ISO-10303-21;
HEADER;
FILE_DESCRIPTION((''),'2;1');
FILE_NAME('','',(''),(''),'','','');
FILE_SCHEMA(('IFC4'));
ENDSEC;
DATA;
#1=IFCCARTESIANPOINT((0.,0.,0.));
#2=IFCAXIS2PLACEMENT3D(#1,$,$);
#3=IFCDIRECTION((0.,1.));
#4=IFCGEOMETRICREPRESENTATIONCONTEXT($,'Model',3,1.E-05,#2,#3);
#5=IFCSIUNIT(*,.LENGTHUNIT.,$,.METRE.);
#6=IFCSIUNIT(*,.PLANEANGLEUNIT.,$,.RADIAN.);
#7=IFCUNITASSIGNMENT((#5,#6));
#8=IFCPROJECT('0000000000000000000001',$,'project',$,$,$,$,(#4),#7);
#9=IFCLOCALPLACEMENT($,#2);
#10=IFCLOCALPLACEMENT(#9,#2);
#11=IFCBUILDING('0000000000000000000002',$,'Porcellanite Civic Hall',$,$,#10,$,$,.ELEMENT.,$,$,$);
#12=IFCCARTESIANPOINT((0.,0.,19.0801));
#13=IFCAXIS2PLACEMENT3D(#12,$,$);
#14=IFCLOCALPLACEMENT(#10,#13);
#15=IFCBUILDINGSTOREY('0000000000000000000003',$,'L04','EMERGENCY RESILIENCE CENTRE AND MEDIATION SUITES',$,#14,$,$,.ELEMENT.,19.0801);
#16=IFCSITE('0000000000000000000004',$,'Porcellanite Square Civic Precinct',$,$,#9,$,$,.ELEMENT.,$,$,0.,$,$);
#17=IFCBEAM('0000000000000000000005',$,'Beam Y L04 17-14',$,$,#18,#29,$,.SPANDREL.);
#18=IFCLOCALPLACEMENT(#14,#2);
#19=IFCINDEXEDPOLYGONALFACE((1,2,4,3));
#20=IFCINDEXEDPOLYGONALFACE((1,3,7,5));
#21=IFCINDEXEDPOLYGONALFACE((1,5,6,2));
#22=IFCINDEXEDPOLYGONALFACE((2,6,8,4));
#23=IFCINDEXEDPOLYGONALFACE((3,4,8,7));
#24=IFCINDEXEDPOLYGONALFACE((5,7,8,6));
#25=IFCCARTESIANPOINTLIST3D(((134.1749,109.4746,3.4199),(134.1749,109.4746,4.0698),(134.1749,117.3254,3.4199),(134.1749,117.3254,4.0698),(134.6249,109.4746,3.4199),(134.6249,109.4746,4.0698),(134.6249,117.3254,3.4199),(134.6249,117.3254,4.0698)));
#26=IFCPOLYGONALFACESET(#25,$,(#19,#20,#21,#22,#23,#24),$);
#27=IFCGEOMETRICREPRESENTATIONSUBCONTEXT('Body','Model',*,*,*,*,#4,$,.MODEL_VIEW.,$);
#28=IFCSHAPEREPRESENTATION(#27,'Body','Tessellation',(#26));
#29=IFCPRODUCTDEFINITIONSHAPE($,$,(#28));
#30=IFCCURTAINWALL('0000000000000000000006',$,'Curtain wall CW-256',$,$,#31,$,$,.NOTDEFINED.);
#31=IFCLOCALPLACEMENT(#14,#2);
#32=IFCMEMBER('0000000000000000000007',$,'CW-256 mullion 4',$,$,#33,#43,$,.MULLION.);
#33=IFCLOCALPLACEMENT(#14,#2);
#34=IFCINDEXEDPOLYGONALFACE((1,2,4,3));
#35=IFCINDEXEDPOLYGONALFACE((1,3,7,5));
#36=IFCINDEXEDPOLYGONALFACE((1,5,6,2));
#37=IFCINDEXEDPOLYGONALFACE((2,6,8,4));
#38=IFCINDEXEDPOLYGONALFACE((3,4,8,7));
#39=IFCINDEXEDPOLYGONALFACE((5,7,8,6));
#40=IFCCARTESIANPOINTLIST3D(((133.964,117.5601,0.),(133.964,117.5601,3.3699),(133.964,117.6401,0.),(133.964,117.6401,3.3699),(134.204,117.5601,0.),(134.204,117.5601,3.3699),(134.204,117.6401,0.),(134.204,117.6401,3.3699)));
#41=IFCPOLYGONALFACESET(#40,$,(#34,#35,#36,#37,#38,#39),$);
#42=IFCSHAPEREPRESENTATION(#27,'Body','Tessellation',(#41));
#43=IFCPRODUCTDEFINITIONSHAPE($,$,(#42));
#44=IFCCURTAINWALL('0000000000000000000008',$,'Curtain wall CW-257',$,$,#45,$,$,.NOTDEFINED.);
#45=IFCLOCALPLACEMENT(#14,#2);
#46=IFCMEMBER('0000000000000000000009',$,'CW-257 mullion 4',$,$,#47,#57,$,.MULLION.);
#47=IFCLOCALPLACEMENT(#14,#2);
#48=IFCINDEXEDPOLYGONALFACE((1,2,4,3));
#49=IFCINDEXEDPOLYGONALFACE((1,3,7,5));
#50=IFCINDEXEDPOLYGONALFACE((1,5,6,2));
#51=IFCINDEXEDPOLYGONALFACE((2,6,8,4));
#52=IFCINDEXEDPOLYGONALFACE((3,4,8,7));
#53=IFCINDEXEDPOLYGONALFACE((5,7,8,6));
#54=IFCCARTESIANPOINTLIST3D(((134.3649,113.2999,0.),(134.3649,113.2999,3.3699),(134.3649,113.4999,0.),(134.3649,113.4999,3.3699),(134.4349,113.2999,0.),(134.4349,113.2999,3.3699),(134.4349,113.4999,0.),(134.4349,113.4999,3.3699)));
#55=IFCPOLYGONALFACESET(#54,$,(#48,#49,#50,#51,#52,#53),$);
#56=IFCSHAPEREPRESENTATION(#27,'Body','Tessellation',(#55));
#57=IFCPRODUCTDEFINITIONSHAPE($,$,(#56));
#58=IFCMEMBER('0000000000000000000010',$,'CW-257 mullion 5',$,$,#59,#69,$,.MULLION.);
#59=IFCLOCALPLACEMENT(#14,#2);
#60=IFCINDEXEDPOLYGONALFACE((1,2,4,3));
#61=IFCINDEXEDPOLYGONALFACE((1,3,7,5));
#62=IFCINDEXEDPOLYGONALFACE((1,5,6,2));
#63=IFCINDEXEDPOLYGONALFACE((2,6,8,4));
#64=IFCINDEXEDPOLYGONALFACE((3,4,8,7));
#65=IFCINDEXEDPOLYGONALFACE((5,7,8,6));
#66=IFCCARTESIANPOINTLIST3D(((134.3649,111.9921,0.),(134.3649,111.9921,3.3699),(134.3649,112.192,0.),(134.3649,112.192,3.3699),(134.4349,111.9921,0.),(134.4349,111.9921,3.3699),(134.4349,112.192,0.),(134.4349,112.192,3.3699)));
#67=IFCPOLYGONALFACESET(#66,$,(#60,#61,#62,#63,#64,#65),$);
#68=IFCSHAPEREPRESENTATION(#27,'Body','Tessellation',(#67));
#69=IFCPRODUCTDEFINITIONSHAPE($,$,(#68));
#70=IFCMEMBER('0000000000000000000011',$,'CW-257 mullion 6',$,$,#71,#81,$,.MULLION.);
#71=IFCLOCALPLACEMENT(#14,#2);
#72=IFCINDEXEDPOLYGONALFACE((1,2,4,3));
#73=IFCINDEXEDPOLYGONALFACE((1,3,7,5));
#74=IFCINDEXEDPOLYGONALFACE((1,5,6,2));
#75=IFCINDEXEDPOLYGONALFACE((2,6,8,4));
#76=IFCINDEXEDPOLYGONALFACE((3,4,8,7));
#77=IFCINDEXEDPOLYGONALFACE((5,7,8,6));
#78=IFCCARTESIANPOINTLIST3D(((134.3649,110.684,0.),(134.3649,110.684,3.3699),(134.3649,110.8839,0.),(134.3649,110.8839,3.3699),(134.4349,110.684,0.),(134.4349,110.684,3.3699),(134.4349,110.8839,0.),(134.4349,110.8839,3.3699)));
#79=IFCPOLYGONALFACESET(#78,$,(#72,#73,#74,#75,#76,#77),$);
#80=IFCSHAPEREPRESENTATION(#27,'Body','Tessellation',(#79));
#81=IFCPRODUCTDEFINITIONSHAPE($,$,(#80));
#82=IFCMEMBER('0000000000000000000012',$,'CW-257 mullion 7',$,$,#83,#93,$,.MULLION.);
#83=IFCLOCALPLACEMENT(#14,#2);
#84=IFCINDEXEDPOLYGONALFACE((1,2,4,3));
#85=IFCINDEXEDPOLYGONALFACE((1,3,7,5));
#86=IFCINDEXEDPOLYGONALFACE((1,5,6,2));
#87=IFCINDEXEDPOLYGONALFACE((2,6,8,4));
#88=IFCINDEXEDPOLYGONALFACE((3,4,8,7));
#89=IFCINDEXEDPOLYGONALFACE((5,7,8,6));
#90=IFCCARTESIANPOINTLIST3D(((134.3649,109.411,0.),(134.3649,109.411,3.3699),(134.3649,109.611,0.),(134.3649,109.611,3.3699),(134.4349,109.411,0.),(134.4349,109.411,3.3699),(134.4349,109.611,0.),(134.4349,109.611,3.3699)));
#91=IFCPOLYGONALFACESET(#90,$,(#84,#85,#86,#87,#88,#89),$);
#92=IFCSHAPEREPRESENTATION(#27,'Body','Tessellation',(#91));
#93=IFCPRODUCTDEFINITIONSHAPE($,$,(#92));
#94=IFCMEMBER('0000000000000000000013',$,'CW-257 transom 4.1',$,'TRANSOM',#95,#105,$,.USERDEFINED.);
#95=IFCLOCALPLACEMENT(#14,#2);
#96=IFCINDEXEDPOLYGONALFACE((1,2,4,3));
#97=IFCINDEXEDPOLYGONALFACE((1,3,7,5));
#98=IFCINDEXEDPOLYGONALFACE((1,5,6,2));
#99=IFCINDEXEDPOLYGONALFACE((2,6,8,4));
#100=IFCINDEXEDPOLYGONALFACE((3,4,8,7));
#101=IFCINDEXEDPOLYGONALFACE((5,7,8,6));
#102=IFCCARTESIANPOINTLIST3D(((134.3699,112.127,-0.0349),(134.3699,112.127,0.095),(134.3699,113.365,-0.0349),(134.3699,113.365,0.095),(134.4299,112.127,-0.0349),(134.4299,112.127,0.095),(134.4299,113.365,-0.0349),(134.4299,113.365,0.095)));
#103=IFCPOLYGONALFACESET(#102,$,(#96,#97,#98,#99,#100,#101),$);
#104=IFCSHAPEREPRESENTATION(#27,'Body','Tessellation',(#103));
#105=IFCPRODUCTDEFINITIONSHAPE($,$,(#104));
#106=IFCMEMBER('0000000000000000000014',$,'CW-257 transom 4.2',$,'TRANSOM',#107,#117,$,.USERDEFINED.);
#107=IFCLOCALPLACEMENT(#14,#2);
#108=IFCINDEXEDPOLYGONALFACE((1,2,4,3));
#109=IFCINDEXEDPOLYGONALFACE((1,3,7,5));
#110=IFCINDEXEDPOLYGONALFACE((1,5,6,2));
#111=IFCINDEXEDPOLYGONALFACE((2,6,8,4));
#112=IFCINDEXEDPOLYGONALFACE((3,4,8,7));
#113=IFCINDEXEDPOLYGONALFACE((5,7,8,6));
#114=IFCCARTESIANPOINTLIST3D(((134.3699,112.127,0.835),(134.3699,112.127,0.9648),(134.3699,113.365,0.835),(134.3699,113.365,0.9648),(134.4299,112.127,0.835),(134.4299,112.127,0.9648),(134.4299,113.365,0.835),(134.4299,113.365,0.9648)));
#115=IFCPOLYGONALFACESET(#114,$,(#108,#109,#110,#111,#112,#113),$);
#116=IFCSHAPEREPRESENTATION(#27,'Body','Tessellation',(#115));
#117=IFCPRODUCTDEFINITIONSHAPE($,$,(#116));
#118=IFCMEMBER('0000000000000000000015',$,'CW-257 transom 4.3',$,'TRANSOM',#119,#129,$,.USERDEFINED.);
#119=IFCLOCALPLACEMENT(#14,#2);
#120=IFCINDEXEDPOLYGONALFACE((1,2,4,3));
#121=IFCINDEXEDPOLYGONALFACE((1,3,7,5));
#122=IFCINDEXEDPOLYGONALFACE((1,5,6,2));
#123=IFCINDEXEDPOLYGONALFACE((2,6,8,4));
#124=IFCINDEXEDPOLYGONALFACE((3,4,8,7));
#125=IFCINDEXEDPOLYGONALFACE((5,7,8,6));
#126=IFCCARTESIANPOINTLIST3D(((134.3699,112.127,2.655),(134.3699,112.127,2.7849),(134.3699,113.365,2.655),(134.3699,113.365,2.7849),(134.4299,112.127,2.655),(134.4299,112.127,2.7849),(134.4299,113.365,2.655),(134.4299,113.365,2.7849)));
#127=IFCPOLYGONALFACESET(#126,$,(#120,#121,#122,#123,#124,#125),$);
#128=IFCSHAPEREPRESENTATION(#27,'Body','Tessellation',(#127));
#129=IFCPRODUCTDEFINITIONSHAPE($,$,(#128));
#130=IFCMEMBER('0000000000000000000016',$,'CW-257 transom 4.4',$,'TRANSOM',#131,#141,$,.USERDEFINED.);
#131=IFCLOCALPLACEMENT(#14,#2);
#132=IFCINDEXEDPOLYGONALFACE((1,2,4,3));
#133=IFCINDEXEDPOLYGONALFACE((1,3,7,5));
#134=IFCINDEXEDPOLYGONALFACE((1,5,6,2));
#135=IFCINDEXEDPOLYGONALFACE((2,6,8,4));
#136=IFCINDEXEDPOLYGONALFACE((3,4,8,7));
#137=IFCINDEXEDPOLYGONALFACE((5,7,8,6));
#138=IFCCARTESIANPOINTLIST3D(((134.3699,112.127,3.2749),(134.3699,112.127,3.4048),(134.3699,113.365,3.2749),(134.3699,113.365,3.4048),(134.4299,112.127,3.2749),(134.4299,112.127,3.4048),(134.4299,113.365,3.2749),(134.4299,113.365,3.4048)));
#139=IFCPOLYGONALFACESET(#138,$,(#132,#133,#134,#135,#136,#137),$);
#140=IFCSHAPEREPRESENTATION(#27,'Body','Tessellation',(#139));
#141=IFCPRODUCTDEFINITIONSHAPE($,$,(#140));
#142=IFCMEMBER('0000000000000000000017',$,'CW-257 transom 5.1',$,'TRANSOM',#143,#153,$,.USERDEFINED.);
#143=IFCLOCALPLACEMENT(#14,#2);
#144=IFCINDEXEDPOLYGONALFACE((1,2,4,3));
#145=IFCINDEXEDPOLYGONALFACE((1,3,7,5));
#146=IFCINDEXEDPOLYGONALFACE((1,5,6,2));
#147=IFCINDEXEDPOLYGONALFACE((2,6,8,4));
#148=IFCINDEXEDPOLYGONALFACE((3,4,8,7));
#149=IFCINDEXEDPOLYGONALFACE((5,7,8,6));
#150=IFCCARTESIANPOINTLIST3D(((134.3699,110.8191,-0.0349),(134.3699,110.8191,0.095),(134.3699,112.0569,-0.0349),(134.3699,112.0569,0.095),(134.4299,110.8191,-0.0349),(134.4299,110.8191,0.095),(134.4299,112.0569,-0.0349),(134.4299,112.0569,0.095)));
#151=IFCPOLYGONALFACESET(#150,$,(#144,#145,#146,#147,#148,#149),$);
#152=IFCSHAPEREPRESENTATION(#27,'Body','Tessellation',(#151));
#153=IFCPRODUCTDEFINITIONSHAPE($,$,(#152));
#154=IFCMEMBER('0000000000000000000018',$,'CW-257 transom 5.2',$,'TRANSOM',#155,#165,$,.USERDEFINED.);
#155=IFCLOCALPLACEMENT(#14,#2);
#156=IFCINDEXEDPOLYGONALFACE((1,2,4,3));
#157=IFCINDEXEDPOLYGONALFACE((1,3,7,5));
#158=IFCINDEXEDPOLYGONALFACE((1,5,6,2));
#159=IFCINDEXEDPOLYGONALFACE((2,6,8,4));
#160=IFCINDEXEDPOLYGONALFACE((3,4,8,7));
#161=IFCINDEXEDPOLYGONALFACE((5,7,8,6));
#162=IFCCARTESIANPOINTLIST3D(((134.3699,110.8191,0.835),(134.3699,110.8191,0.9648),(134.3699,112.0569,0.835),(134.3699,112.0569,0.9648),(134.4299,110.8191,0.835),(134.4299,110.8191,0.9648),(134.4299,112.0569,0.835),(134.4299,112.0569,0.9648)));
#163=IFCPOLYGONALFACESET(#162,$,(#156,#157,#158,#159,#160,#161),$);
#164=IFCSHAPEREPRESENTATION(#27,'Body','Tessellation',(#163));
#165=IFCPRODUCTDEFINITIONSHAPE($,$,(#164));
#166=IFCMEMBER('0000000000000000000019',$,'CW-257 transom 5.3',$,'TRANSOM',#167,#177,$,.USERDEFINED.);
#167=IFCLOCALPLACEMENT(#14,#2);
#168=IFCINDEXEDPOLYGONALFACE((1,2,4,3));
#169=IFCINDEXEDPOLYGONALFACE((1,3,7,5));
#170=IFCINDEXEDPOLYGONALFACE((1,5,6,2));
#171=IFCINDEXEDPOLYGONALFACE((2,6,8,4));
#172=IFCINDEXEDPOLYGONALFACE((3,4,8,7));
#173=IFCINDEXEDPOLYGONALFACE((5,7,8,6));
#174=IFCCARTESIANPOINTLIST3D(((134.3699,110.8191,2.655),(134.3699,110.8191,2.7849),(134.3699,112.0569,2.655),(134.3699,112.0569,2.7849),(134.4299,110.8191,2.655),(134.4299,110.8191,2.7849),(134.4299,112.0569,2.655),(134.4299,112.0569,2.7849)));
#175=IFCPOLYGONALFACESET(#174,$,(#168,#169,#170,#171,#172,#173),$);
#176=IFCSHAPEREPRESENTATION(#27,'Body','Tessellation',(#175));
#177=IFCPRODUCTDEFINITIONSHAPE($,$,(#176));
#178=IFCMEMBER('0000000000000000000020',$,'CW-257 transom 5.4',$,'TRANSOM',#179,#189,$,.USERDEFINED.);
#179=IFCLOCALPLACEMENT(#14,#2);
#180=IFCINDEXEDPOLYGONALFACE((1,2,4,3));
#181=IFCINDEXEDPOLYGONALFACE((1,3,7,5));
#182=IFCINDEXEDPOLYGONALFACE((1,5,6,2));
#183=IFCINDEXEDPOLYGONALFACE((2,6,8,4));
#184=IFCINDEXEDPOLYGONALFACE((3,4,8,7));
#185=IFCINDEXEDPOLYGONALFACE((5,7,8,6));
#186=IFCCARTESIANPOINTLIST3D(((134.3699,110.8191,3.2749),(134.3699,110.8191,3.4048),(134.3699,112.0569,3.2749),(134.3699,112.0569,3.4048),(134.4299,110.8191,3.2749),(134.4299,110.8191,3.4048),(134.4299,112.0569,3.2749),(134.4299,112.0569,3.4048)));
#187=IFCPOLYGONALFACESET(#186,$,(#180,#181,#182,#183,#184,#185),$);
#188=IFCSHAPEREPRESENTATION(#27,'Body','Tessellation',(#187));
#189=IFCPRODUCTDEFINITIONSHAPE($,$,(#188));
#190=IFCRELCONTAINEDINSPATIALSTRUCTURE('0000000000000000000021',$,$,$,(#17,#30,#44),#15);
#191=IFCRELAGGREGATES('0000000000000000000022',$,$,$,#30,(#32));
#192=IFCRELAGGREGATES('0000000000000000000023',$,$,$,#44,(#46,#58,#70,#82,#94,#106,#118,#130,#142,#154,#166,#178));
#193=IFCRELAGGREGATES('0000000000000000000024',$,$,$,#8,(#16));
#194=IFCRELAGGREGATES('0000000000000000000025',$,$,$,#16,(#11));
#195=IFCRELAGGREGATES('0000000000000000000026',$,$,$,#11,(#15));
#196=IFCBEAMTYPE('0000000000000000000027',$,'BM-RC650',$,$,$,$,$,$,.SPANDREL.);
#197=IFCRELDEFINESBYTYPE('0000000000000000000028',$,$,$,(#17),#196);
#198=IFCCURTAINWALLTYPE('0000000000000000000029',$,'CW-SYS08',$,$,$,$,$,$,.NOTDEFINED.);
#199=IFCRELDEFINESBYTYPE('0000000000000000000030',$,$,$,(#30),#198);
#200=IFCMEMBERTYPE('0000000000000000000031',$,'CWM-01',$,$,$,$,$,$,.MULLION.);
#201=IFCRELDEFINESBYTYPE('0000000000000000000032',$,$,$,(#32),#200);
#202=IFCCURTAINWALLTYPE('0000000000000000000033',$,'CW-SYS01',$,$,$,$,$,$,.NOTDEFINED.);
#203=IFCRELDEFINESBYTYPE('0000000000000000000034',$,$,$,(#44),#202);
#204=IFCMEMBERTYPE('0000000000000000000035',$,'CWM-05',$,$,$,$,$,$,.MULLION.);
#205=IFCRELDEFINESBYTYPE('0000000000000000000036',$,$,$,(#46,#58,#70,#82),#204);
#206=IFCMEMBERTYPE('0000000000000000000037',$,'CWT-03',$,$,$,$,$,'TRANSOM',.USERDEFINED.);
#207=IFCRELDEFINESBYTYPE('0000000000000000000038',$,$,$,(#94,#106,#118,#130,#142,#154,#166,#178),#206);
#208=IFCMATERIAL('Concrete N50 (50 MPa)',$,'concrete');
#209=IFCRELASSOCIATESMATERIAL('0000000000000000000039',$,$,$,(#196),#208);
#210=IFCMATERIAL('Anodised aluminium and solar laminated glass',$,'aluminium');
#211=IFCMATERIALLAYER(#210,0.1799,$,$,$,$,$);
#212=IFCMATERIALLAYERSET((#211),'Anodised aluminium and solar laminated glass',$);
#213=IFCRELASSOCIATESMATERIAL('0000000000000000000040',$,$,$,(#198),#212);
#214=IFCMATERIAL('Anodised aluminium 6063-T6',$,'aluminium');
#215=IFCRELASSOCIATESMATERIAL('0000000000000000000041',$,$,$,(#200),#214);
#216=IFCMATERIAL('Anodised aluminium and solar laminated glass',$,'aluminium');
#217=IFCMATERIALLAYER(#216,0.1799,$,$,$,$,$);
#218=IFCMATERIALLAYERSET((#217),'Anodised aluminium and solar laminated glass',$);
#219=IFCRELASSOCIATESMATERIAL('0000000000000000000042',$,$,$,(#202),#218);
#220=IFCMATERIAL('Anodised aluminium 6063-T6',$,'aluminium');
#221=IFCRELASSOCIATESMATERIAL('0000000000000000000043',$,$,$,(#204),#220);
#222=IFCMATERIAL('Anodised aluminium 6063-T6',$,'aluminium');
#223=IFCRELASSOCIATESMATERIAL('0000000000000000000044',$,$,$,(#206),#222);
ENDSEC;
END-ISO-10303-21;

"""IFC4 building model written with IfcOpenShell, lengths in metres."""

from ifc_helpers import new_model, si_unit, direction, frame, origin, origin_2d, place, context, subcontext, project, spatial, rectangle, extrude, material, layer, layer_set, material_profile, profile_set, type_object, element, aggregate, save


model = new_model("IFC4")

# Units and contexts
model_context = context("Model", 3, precision=1e-05, world=origin(), true_north=direction((0.0, 1.0)))
body_context = subcontext(model_context, "Body", "Model", "MODEL_VIEW")
ifc_project = project(units=[si_unit("LENGTHUNIT", "METRE"), si_unit("PLANEANGLEUNIT", "RADIAN")], contexts=[model_context])

# Site, building, storey
site_placement = place(None, origin())
site = spatial("IfcSite", under=ifc_project, at=site_placement, Name="Porcellanite Square Civic Precinct", CompositionType="ELEMENT", RefElevation=0.0)
building_placement = place(site_placement, origin())
building = spatial("IfcBuilding", under=site, at=building_placement, Name="Porcellanite Civic Hall", CompositionType="ELEMENT")
storey_placement = place(building_placement, frame((0.0, 0.0, 19.0801)))
storey = spatial("IfcBuildingStorey", under=building, at=storey_placement, Name="L04", Description="EMERGENCY RESILIENCE CENTRE AND MEDIATION SUITES", CompositionType="ELEMENT", Elevation=19.0801)

# Beam
ifc_material_1 = material(Name="Concrete N50 (50 MPa)", Category="concrete")
ifc_material_profile_1 = material_profile(ifc_material_1, rectangle(XDim=0.45, YDim=0.6499, at=origin_2d()), Name="RC-450x650")
ifc_profile_set_1 = profile_set([ifc_material_profile_1], Name="Concrete N50 (50 MPa)")
beam_type = type_object("IfcBeamType", Name="BM-RC650", PredefinedType="SPANDREL", material=ifc_profile_set_1)
beam_placement = place(storey_placement, frame((134.3999, 109.4746, 3.7449), z_axis=(0.0, 1.0, 0.0), x_axis=(-1.0, 0.0, 0.0)))
element("IfcBeam", 1, at=beam_placement, inside=storey, type_object=beam_type, Name="Beam Y L04 17-14", PredefinedType="SPANDREL", context=body_context, shape_type="SweptSolid", body=[
    extrude(rectangle(XDim=0.45, YDim=0.6499, at=origin_2d()), origin(), (0.0, 0.0, 1.0), 7.8508),
])

# Curtain wall, member
ifc_material_2 = material(Name="Anodised aluminium and solar laminated glass", Category="aluminium")
ifc_layer_1 = layer(ifc_material_2, 0.1799)
ifc_layer_set_1 = layer_set([ifc_layer_1], Name="Anodised aluminium and solar laminated glass")
curtain_wall_type_1 = type_object("IfcCurtainWallType", Name="CW-SYS08", PredefinedType="NOTDEFINED", material=ifc_layer_set_1)
curtain_wall_1_placement = place(storey_placement, origin())
curtain_wall_1 = element("IfcCurtainWall", 2, at=curtain_wall_1_placement, inside=storey, type_object=curtain_wall_type_1, Name="Curtain wall CW-256", PredefinedType="NOTDEFINED")
ifc_material_3 = material(Name="Anodised aluminium 6063-T6", Category="aluminium")
ifc_material_profile_2 = material_profile(ifc_material_3, rectangle(XDim=0.0801, YDim=0.24, at=origin_2d()), Name="AL-80x240")
ifc_profile_set_2 = profile_set([ifc_material_profile_2], Name="Anodised aluminium 6063-T6")
member_type_1 = type_object("IfcMemberType", Name="CWM-01", PredefinedType="MULLION", material=ifc_profile_set_2)
member_1_placement = place(storey_placement, frame((134.084, 117.6001, 0.0), z_axis=(0.0, 0.0, 1.0), x_axis=(0.0, 1.0, 0.0)))
member_1 = element("IfcMember", 3, at=member_1_placement, type_object=member_type_1, Name="CW-256 mullion 4", PredefinedType="MULLION", context=body_context, shape_type="SweptSolid", body=[
    extrude(rectangle(XDim=0.0801, YDim=0.24, at=origin_2d()), origin(), (0.0, 0.0, 1.0), 3.3699),
])
aggregate(curtain_wall_1, [member_1])

# Curtain wall, members
ifc_material_4 = material(Name="Anodised aluminium and solar laminated glass", Category="aluminium")
ifc_layer_2 = layer(ifc_material_4, 0.1799)
ifc_layer_set_2 = layer_set([ifc_layer_2], Name="Anodised aluminium and solar laminated glass")
curtain_wall_type_2 = type_object("IfcCurtainWallType", Name="CW-SYS01", PredefinedType="NOTDEFINED", material=ifc_layer_set_2)
curtain_wall_2_placement = place(storey_placement, origin())
curtain_wall_2 = element("IfcCurtainWall", 4, at=curtain_wall_2_placement, inside=storey, type_object=curtain_wall_type_2, Name="Curtain wall CW-257", PredefinedType="NOTDEFINED")
ifc_material_5 = material(Name="Anodised aluminium 6063-T6", Category="aluminium")
ifc_material_profile_3 = material_profile(ifc_material_5, rectangle(XDim=0.0701, YDim=0.2, at=origin_2d()), Name="AL-70x200")
ifc_profile_set_3 = profile_set([ifc_material_profile_3], Name="Anodised aluminium 6063-T6")
member_type_2 = type_object("IfcMemberType", Name="CWM-05", PredefinedType="MULLION", material=ifc_profile_set_3)
member_2_placement = place(storey_placement, frame((134.3999, 113.3999, 0.0), z_axis=(0.0, 0.0, 1.0), x_axis=(1.0, 0.0, 0.0)))
member_2 = element("IfcMember", 5, at=member_2_placement, type_object=member_type_2, Name="CW-257 mullion 4", PredefinedType="MULLION", context=body_context, shape_type="SweptSolid", body=[
    extrude(rectangle(XDim=0.0701, YDim=0.2, at=origin_2d()), origin(), (0.0, 0.0, 1.0), 3.3699),
])
member_3_placement = place(storey_placement, frame((134.3999, 112.092, 0.0), z_axis=(0.0, 0.0, 1.0), x_axis=(1.0, 0.0, 0.0)))
member_3 = element("IfcMember", 6, at=member_3_placement, type_object=member_type_2, Name="CW-257 mullion 5", PredefinedType="MULLION", context=body_context, shape_type="SweptSolid", body=[
    extrude(rectangle(XDim=0.0701, YDim=0.2, at=origin_2d()), origin(), (0.0, 0.0, 1.0), 3.3699),
])
member_4_placement = place(storey_placement, frame((134.3999, 110.7839, 0.0), z_axis=(0.0, 0.0, 1.0), x_axis=(1.0, 0.0, 0.0)))
member_4 = element("IfcMember", 7, at=member_4_placement, type_object=member_type_2, Name="CW-257 mullion 6", PredefinedType="MULLION", context=body_context, shape_type="SweptSolid", body=[
    extrude(rectangle(XDim=0.0701, YDim=0.2, at=origin_2d()), origin(), (0.0, 0.0, 1.0), 3.3699),
])
member_5_placement = place(storey_placement, frame((134.3999, 109.511, 0.0), z_axis=(0.0, 0.0, 1.0), x_axis=(1.0, 0.0, 0.0)))
member_5 = element("IfcMember", 8, at=member_5_placement, type_object=member_type_2, Name="CW-257 mullion 7", PredefinedType="MULLION", context=body_context, shape_type="SweptSolid", body=[
    extrude(rectangle(XDim=0.0701, YDim=0.2, at=origin_2d()), origin(), (0.0, 0.0, 1.0), 3.3699),
])
ifc_material_6 = material(Name="Anodised aluminium 6063-T6", Category="aluminium")
ifc_material_profile_4 = material_profile(ifc_material_6, rectangle(XDim=0.0601, YDim=0.1299, at=origin_2d()), Name="AL-60x130")
ifc_profile_set_4 = profile_set([ifc_material_profile_4], Name="Anodised aluminium 6063-T6")
member_type_3 = type_object("IfcMemberType", Name="CWT-03", ElementType="TRANSOM", PredefinedType="USERDEFINED", material=ifc_profile_set_4)
member_6_placement = place(storey_placement, frame((134.3999, 113.365, 0.03), z_axis=(0.0, -1.0, 0.0), x_axis=(1.0, 0.0, 0.0)))
member_6 = element("IfcMember", 9, at=member_6_placement, type_object=member_type_3, Name="CW-257 transom 4.1", ObjectType="TRANSOM", PredefinedType="USERDEFINED", context=body_context, shape_type="SweptSolid", body=[
    extrude(rectangle(XDim=0.0601, YDim=0.1299, at=origin_2d()), origin(), (0.0, 0.0, 1.0), 1.238),
])
member_7_placement = place(storey_placement, frame((134.3999, 113.365, 0.8999), z_axis=(0.0, -1.0, 0.0), x_axis=(1.0, 0.0, 0.0)))
member_7 = element("IfcMember", 10, at=member_7_placement, type_object=member_type_3, Name="CW-257 transom 4.2", ObjectType="TRANSOM", PredefinedType="USERDEFINED", context=body_context, shape_type="SweptSolid", body=[
    extrude(rectangle(XDim=0.0601, YDim=0.1299, at=origin_2d()), origin(), (0.0, 0.0, 1.0), 1.238),
])
member_8_placement = place(storey_placement, frame((134.3999, 113.365, 2.72), z_axis=(0.0, -1.0, 0.0), x_axis=(1.0, 0.0, 0.0)))
member_8 = element("IfcMember", 11, at=member_8_placement, type_object=member_type_3, Name="CW-257 transom 4.3", ObjectType="TRANSOM", PredefinedType="USERDEFINED", context=body_context, shape_type="SweptSolid", body=[
    extrude(rectangle(XDim=0.0601, YDim=0.1299, at=origin_2d()), origin(), (0.0, 0.0, 1.0), 1.238),
])
member_9_placement = place(storey_placement, frame((134.3999, 113.365, 3.3398), z_axis=(0.0, -1.0, 0.0), x_axis=(1.0, 0.0, 0.0)))
member_9 = element("IfcMember", 12, at=member_9_placement, type_object=member_type_3, Name="CW-257 transom 4.4", ObjectType="TRANSOM", PredefinedType="USERDEFINED", context=body_context, shape_type="SweptSolid", body=[
    extrude(rectangle(XDim=0.0601, YDim=0.1299, at=origin_2d()), origin(), (0.0, 0.0, 1.0), 1.238),
])
member_10_placement = place(storey_placement, frame((134.3999, 112.0569, 0.03), z_axis=(0.0, -1.0, 0.0), x_axis=(1.0, 0.0, 0.0)))
member_10 = element("IfcMember", 13, at=member_10_placement, type_object=member_type_3, Name="CW-257 transom 5.1", ObjectType="TRANSOM", PredefinedType="USERDEFINED", context=body_context, shape_type="SweptSolid", body=[
    extrude(rectangle(XDim=0.0601, YDim=0.1299, at=origin_2d()), origin(), (0.0, 0.0, 1.0), 1.2378),
])
member_11_placement = place(storey_placement, frame((134.3999, 112.0569, 0.8999), z_axis=(0.0, -1.0, 0.0), x_axis=(1.0, 0.0, 0.0)))
member_11 = element("IfcMember", 14, at=member_11_placement, type_object=member_type_3, Name="CW-257 transom 5.2", ObjectType="TRANSOM", PredefinedType="USERDEFINED", context=body_context, shape_type="SweptSolid", body=[
    extrude(rectangle(XDim=0.0601, YDim=0.1299, at=origin_2d()), origin(), (0.0, 0.0, 1.0), 1.2378),
])
member_12_placement = place(storey_placement, frame((134.3999, 112.0569, 2.72), z_axis=(0.0, -1.0, 0.0), x_axis=(1.0, 0.0, 0.0)))
member_12 = element("IfcMember", 15, at=member_12_placement, type_object=member_type_3, Name="CW-257 transom 5.3", ObjectType="TRANSOM", PredefinedType="USERDEFINED", context=body_context, shape_type="SweptSolid", body=[
    extrude(rectangle(XDim=0.0601, YDim=0.1299, at=origin_2d()), origin(), (0.0, 0.0, 1.0), 1.2378),
])
member_13_placement = place(storey_placement, frame((134.3999, 112.0569, 3.3398), z_axis=(0.0, -1.0, 0.0), x_axis=(1.0, 0.0, 0.0)))
member_13 = element("IfcMember", 16, at=member_13_placement, type_object=member_type_3, Name="CW-257 transom 5.4", ObjectType="TRANSOM", PredefinedType="USERDEFINED", context=body_context, shape_type="SweptSolid", body=[
    extrude(rectangle(XDim=0.0601, YDim=0.1299, at=origin_2d()), origin(), (0.0, 0.0, 1.0), 1.2378),
])
aggregate(curtain_wall_2, [member_2, member_3, member_4, member_5, member_6, member_7, member_8, member_9, member_10, member_11, member_12, member_13])

save(model, "model.ifc")
